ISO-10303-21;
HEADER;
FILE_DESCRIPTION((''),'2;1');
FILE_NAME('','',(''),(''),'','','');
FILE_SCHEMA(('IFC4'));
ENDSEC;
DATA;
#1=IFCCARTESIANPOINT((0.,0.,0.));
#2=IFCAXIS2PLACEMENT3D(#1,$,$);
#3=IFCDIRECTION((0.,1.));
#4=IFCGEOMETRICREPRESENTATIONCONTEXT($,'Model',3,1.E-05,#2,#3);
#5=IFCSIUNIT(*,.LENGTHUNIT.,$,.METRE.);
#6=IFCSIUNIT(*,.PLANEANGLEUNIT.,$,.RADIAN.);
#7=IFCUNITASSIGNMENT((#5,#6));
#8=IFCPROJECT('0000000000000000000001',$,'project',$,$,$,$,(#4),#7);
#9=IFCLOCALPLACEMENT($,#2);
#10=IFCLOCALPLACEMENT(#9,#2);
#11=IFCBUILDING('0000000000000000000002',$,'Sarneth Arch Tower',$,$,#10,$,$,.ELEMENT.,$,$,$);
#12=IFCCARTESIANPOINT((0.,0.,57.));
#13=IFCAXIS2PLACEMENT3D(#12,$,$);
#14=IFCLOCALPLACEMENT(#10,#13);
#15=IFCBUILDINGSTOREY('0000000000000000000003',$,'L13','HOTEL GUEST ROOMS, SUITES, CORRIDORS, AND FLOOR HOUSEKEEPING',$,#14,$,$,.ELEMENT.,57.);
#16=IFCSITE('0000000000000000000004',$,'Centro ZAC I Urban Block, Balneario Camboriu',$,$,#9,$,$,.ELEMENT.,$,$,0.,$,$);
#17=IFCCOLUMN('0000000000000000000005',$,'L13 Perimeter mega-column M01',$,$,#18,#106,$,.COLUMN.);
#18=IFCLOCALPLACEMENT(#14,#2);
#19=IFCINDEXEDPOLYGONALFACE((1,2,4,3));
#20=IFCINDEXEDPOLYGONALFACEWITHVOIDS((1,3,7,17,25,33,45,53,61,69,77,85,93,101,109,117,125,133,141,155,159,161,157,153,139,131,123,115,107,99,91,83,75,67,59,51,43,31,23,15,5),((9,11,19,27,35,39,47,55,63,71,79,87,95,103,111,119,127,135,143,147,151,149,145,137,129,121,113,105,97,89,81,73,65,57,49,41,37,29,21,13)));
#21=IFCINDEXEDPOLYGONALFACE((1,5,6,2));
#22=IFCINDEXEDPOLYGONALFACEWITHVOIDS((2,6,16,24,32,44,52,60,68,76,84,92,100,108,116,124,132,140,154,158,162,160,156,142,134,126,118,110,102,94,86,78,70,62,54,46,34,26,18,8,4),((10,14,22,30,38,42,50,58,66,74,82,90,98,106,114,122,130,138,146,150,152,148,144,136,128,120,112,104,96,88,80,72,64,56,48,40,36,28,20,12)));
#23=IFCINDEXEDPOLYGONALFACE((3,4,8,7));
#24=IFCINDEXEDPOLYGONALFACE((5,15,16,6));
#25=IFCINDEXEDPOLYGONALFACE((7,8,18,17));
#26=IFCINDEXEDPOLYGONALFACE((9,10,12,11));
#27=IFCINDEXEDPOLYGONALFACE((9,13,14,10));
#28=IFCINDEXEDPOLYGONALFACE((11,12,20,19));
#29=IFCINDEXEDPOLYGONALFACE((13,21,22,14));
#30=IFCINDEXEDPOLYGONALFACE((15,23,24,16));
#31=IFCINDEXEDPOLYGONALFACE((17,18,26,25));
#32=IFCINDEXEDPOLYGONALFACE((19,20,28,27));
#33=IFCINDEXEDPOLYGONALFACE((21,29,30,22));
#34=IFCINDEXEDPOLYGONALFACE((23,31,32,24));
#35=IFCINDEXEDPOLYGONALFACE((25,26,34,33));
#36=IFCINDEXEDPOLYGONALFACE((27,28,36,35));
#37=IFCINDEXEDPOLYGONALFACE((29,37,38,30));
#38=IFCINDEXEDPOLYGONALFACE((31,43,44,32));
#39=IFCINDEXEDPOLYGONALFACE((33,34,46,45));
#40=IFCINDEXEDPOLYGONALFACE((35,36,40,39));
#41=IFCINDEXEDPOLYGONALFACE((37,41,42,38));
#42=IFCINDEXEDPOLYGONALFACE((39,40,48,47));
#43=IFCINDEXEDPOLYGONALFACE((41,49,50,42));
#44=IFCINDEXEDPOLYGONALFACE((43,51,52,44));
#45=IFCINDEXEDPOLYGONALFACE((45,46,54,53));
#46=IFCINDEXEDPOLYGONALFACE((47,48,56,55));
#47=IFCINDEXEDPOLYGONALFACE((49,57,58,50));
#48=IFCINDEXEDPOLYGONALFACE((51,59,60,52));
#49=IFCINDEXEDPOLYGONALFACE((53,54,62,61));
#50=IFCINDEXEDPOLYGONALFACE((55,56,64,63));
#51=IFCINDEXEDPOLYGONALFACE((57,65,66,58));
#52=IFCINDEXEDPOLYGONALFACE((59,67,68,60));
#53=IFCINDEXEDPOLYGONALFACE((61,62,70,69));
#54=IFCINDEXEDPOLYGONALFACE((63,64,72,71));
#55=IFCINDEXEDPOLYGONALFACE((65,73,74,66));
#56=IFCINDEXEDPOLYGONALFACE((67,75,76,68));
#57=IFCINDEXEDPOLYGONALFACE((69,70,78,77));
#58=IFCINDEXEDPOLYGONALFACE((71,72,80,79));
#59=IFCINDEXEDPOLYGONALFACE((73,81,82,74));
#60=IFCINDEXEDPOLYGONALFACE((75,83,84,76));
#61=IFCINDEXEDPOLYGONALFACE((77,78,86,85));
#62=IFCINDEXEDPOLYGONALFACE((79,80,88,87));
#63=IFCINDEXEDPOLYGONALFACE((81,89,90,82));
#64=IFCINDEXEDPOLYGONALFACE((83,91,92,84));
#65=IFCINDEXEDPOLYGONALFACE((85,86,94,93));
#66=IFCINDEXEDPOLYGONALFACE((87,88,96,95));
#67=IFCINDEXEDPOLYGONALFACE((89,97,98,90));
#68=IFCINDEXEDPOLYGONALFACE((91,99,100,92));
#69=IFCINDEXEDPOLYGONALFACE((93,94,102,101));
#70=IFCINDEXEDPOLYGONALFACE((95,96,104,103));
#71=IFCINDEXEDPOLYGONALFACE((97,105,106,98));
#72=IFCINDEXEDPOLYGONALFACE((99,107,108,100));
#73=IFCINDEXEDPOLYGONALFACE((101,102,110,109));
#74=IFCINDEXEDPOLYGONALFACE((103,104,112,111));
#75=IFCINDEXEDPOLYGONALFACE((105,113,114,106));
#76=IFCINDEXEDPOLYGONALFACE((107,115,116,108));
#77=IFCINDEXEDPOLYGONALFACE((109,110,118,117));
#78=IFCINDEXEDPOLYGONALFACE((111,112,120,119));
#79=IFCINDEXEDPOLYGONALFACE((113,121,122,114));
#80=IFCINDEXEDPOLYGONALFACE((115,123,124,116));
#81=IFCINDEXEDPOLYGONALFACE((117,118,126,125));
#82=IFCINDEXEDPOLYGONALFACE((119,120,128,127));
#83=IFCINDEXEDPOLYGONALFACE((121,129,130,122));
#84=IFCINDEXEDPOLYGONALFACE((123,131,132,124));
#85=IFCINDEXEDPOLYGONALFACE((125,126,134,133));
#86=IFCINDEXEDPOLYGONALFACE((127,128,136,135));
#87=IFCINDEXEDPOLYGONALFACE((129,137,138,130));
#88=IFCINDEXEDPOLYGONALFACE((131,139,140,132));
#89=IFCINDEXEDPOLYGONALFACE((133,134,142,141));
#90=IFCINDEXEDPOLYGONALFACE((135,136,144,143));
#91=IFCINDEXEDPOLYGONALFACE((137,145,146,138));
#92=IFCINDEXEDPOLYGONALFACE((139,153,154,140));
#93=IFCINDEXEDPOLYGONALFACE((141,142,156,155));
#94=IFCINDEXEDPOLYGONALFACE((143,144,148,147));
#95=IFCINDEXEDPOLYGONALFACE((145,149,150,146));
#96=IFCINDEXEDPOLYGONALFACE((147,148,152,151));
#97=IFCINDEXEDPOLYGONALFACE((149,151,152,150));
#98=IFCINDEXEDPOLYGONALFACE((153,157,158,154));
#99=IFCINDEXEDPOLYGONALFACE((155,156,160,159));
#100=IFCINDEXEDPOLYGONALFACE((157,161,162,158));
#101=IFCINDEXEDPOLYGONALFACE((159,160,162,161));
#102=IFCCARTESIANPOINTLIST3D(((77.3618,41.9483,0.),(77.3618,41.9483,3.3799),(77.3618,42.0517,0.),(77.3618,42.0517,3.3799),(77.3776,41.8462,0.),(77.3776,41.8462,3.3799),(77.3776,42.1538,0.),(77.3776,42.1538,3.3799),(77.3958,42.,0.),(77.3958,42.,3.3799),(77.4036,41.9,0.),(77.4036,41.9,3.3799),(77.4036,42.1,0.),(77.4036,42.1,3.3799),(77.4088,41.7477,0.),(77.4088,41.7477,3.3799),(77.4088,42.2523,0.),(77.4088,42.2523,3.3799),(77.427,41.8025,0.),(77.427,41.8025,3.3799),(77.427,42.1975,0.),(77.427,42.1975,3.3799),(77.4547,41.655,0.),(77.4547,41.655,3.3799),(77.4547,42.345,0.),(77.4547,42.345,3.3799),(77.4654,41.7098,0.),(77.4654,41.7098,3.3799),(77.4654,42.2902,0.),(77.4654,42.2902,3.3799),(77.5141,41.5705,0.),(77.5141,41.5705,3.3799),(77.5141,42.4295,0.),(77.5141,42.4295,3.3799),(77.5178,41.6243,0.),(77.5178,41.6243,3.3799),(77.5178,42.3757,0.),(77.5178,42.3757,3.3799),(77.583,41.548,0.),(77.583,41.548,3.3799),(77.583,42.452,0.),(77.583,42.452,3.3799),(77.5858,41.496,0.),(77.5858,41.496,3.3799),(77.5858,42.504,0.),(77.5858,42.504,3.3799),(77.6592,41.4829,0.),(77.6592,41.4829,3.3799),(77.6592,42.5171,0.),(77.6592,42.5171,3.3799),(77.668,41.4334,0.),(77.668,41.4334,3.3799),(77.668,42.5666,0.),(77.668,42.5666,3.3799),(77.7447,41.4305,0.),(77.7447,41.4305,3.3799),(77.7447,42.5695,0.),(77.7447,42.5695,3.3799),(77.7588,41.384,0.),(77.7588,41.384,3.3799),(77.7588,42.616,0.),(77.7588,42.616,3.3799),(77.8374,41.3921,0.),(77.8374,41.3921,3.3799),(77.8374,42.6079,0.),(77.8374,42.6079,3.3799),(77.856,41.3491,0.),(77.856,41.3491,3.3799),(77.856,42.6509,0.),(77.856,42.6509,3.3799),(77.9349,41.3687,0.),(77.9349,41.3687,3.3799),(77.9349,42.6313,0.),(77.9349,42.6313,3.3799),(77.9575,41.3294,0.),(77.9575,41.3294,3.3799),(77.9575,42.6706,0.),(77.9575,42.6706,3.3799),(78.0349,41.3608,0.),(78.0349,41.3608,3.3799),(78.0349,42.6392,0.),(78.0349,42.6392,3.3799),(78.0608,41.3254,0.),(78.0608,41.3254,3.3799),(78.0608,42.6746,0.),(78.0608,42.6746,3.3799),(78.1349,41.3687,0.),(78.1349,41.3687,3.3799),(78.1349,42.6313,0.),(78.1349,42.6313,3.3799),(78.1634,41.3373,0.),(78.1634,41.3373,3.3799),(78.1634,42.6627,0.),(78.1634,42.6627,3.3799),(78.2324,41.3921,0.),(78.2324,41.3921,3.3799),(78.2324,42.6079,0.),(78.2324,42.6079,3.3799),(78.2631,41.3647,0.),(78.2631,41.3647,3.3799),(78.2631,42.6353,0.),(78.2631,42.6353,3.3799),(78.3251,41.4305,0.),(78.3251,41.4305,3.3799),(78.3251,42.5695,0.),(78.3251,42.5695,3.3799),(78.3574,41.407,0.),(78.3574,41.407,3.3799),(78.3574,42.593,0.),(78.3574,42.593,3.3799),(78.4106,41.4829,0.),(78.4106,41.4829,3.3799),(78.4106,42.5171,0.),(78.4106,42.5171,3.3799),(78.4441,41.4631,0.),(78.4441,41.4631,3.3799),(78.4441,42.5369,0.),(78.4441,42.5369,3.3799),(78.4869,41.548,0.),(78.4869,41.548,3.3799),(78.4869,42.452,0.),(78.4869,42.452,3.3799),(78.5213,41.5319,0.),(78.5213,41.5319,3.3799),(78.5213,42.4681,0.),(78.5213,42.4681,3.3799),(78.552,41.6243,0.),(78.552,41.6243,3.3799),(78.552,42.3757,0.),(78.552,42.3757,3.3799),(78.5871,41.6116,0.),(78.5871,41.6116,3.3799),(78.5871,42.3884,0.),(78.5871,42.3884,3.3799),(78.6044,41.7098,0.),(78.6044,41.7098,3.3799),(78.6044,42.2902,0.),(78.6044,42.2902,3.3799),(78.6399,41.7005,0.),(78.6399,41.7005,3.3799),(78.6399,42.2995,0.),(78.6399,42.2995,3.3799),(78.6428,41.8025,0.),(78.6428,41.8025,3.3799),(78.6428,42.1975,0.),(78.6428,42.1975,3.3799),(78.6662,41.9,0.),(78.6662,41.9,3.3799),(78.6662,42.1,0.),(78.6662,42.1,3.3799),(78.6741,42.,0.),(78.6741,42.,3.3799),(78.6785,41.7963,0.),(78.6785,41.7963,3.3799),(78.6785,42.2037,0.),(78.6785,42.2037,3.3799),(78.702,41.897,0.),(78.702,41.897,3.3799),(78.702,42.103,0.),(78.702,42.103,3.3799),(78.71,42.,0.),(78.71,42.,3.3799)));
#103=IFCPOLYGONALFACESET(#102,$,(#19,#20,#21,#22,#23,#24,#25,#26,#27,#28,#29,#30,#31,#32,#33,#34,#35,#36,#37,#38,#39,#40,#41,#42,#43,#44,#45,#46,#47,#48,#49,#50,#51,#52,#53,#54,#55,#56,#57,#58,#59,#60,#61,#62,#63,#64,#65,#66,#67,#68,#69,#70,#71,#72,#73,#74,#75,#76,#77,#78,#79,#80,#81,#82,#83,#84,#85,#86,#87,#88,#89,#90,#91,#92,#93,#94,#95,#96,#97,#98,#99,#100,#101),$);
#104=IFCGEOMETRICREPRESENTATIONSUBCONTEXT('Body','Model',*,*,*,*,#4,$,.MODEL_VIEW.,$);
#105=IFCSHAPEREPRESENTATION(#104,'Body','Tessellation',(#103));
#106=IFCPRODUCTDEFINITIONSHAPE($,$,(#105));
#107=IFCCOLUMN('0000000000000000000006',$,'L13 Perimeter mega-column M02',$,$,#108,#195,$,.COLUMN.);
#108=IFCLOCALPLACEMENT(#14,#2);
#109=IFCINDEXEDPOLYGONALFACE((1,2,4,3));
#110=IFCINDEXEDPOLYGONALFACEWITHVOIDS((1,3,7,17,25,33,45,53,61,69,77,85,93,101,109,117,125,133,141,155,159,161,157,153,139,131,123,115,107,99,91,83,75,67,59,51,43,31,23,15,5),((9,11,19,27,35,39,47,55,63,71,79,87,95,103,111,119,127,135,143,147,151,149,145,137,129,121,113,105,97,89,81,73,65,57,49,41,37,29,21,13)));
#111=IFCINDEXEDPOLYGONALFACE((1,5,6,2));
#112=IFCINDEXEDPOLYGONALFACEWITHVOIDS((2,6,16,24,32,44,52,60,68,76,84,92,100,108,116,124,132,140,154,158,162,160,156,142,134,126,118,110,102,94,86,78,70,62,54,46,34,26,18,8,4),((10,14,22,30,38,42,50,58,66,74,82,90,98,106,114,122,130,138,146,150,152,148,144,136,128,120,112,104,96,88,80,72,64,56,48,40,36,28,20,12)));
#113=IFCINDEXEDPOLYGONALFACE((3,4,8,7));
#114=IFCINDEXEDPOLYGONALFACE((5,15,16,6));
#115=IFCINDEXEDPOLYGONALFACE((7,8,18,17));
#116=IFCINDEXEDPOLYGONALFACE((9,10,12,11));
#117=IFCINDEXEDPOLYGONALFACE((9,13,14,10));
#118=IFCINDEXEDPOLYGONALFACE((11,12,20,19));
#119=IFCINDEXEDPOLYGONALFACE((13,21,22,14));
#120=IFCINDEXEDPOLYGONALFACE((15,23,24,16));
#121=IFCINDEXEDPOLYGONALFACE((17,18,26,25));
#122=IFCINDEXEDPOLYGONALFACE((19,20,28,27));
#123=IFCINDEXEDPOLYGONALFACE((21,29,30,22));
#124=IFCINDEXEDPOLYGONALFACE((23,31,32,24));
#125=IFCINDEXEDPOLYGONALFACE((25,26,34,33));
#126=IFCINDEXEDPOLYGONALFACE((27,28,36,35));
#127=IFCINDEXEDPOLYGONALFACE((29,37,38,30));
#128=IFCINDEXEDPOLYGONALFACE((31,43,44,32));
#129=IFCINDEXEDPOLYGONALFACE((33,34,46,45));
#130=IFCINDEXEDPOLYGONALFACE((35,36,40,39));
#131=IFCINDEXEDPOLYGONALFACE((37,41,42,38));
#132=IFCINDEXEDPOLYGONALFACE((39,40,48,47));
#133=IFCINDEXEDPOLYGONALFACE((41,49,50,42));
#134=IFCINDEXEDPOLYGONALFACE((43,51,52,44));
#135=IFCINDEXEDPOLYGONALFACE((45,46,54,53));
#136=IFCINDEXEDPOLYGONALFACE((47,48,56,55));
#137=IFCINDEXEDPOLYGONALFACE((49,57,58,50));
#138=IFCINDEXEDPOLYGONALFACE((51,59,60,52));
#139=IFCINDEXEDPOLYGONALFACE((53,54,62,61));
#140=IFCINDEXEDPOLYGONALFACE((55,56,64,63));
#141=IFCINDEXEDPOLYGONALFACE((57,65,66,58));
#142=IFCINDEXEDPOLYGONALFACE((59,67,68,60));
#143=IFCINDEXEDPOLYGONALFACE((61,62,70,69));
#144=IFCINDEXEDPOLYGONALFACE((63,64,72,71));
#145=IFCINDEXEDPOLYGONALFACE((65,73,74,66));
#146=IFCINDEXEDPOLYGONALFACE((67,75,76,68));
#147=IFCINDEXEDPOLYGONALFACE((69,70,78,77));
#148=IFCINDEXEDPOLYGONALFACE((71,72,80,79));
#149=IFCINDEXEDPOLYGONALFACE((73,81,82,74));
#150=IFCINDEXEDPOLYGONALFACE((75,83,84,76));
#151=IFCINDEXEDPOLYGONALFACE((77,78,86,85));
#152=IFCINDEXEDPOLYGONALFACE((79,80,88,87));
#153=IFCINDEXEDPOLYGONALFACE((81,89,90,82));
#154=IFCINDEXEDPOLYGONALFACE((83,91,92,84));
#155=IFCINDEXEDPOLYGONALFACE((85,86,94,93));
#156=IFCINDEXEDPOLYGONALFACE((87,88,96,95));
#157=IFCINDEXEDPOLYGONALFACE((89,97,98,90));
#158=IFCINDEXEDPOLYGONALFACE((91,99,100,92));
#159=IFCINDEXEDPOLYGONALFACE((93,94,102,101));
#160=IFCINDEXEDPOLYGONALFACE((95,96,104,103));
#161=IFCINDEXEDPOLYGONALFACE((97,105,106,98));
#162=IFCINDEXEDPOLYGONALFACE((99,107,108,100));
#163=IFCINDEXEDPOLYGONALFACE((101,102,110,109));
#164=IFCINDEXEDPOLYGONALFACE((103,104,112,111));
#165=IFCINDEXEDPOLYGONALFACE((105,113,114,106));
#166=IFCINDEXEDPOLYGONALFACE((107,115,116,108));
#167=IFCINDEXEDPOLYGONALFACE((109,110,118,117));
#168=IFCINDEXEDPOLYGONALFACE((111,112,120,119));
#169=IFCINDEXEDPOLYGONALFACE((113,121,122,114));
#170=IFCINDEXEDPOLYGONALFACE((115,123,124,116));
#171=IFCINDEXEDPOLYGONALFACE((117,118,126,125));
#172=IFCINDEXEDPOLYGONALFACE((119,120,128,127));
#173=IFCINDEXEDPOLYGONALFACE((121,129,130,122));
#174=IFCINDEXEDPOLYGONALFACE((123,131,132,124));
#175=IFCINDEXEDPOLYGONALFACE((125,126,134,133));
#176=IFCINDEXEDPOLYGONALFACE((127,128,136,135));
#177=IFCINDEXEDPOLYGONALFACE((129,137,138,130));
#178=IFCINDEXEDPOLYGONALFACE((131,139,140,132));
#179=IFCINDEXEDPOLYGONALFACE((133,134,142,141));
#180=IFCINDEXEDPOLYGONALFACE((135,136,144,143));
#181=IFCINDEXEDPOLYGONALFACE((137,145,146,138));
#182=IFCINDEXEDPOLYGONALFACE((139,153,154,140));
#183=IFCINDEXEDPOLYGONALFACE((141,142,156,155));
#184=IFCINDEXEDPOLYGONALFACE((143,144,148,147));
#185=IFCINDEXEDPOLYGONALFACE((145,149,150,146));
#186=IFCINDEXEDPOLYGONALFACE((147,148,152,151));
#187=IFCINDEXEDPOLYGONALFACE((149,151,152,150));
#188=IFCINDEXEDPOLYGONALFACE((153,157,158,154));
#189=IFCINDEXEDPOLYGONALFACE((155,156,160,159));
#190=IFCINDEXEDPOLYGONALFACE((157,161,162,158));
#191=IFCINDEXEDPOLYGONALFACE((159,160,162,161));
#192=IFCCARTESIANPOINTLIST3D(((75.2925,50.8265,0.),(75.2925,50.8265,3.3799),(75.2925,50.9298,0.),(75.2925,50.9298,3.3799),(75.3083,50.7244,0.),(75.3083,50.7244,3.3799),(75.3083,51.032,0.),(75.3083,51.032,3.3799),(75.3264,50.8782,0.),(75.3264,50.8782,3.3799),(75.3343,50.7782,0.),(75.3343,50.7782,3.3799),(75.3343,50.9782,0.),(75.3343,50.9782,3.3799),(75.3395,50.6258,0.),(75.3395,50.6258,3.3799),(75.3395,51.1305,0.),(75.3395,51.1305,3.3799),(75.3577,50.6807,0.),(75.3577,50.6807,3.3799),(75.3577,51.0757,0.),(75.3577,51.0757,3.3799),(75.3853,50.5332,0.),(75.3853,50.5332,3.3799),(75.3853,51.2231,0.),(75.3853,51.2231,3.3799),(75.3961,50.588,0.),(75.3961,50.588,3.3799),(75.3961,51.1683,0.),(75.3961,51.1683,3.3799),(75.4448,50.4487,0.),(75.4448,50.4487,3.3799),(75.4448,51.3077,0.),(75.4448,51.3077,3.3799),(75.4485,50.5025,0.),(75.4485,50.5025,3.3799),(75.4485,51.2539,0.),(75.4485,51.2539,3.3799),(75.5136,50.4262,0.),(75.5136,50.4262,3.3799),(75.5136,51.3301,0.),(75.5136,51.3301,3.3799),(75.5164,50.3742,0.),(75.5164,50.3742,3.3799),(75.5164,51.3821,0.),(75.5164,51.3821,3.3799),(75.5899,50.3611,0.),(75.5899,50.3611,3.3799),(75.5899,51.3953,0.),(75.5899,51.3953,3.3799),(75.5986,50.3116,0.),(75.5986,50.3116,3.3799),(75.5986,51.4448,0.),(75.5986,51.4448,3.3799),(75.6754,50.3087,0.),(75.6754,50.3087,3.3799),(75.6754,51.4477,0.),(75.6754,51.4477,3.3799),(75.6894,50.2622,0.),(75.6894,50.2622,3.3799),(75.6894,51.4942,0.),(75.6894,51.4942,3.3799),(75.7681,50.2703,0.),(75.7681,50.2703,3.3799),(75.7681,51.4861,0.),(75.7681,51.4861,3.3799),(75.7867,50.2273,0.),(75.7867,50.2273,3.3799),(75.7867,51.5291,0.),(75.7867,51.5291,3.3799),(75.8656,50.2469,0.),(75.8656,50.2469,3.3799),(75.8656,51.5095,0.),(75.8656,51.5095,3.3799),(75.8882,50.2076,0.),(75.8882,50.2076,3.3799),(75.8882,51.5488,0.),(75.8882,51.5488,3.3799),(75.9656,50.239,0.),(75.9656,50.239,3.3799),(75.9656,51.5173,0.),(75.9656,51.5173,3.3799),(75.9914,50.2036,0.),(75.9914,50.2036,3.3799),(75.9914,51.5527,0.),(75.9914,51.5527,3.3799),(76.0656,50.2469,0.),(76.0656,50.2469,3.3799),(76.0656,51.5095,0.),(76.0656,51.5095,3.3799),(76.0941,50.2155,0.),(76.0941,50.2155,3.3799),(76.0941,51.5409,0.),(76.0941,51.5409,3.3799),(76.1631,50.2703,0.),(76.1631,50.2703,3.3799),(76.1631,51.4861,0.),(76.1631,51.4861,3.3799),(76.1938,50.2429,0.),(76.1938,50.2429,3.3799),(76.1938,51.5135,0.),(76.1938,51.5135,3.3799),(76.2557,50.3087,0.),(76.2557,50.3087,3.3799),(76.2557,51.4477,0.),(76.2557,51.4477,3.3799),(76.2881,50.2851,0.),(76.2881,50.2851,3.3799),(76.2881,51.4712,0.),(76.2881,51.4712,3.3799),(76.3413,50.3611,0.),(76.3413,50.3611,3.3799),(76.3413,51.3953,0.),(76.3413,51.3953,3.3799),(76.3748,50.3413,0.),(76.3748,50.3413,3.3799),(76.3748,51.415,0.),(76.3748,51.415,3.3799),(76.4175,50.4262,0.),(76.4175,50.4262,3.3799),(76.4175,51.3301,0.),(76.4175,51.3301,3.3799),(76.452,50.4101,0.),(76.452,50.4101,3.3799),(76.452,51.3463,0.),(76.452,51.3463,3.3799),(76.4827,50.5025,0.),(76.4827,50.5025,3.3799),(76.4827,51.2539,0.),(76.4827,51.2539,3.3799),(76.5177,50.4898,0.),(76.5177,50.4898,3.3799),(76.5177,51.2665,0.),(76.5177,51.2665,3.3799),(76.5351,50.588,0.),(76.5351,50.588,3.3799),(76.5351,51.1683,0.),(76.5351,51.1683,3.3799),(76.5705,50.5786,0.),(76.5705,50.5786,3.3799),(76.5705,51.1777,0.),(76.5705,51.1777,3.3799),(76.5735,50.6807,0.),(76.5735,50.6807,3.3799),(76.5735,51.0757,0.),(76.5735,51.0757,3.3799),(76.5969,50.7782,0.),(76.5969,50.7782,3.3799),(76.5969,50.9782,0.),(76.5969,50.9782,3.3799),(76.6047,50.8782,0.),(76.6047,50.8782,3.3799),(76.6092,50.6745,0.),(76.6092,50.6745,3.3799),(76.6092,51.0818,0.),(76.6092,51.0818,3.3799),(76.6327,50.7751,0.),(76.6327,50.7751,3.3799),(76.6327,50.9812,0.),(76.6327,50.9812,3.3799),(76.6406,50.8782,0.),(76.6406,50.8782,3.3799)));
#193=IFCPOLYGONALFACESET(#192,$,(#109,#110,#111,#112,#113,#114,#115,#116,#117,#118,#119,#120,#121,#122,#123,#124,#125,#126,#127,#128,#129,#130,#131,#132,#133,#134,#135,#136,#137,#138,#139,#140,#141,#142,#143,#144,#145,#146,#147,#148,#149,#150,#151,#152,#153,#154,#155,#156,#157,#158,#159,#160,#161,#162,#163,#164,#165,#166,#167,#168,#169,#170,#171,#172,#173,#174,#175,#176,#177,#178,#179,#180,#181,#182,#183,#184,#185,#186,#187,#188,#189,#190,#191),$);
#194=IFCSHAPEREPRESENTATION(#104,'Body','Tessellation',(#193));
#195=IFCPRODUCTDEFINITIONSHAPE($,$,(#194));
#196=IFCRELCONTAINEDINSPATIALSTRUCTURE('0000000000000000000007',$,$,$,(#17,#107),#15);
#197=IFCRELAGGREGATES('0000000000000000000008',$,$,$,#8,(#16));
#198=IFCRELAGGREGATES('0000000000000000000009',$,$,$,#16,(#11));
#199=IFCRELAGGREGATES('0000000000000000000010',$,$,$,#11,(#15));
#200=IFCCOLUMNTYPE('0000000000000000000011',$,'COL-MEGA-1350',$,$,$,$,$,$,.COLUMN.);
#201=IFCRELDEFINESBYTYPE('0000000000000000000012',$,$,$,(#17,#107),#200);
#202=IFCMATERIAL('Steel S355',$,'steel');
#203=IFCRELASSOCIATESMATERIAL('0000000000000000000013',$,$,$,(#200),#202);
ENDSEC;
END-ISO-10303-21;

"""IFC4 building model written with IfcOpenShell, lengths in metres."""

from ifc_helpers import new_model, si_unit, direction, frame, origin, origin_2d, place, context, subcontext, project, spatial, hollow_circle, extrude, material, material_profile, profile_set, type_object, element, save


model = new_model("IFC4")

# Units and contexts
model_context = context("Model", 3, precision=1e-05, world=origin(), true_north=direction((0.0, 1.0)))
body_context = subcontext(model_context, "Body", "Model", "MODEL_VIEW")
ifc_project = project(units=[si_unit("LENGTHUNIT", "METRE"), si_unit("PLANEANGLEUNIT", "RADIAN")], contexts=[model_context])

# Site, building, storey
site_placement = place(None, origin())
site = spatial("IfcSite", under=ifc_project, at=site_placement, Name="Centro ZAC I Urban Block, Balneario Camboriu", CompositionType="ELEMENT", RefElevation=0.0)
building_placement = place(site_placement, origin())
building = spatial("IfcBuilding", under=site, at=building_placement, Name="Sarneth Arch Tower", CompositionType="ELEMENT")
storey_placement = place(building_placement, frame((0.0, 0.0, 57.0)))
storey = spatial("IfcBuildingStorey", under=building, at=storey_placement, Name="L13", Description="HOTEL GUEST ROOMS, SUITES, CORRIDORS, AND FLOOR HOUSEKEEPING", CompositionType="ELEMENT", Elevation=57.0)

# Columns
ifc_material_1 = material(Name="Steel S355", Category="steel")
ifc_material_profile_1 = material_profile(ifc_material_1, hollow_circle(Radius=0.675, WallThickness=0.0359, at=origin_2d()), Name="CHS1350x36")
ifc_profile_set_1 = profile_set([ifc_material_profile_1], Name="Steel S355")
column_type = type_object("IfcColumnType", Name="COL-MEGA-1350", PredefinedType="COLUMN", material=ifc_profile_set_1)
for number, where, z_axis, x_axis, name in (
    (1, (78.0349, 42.0, 0.0), (0.0, 0.0, 1.0), (1.0, 0.0, 0.0), "L13 Perimeter mega-column M01"),
    (2, (75.9656, 50.8782, 0.0), (0.0, 0.0, 1.0), (1.0, 0.0, 0.0), "L13 Perimeter mega-column M02"),
):
    element("IfcColumn", number, at=place(storey_placement, frame(where, z_axis=z_axis, x_axis=x_axis)), inside=storey, type_object=column_type, Name=name, PredefinedType="COLUMN", context=body_context, shape_type="SweptSolid", body=[
        extrude(hollow_circle(Radius=0.675, WallThickness=0.0359, at=origin_2d()), origin(), (0.0, 0.0, 1.0), 3.3799),
    ])

save(model, "model.ifc")
